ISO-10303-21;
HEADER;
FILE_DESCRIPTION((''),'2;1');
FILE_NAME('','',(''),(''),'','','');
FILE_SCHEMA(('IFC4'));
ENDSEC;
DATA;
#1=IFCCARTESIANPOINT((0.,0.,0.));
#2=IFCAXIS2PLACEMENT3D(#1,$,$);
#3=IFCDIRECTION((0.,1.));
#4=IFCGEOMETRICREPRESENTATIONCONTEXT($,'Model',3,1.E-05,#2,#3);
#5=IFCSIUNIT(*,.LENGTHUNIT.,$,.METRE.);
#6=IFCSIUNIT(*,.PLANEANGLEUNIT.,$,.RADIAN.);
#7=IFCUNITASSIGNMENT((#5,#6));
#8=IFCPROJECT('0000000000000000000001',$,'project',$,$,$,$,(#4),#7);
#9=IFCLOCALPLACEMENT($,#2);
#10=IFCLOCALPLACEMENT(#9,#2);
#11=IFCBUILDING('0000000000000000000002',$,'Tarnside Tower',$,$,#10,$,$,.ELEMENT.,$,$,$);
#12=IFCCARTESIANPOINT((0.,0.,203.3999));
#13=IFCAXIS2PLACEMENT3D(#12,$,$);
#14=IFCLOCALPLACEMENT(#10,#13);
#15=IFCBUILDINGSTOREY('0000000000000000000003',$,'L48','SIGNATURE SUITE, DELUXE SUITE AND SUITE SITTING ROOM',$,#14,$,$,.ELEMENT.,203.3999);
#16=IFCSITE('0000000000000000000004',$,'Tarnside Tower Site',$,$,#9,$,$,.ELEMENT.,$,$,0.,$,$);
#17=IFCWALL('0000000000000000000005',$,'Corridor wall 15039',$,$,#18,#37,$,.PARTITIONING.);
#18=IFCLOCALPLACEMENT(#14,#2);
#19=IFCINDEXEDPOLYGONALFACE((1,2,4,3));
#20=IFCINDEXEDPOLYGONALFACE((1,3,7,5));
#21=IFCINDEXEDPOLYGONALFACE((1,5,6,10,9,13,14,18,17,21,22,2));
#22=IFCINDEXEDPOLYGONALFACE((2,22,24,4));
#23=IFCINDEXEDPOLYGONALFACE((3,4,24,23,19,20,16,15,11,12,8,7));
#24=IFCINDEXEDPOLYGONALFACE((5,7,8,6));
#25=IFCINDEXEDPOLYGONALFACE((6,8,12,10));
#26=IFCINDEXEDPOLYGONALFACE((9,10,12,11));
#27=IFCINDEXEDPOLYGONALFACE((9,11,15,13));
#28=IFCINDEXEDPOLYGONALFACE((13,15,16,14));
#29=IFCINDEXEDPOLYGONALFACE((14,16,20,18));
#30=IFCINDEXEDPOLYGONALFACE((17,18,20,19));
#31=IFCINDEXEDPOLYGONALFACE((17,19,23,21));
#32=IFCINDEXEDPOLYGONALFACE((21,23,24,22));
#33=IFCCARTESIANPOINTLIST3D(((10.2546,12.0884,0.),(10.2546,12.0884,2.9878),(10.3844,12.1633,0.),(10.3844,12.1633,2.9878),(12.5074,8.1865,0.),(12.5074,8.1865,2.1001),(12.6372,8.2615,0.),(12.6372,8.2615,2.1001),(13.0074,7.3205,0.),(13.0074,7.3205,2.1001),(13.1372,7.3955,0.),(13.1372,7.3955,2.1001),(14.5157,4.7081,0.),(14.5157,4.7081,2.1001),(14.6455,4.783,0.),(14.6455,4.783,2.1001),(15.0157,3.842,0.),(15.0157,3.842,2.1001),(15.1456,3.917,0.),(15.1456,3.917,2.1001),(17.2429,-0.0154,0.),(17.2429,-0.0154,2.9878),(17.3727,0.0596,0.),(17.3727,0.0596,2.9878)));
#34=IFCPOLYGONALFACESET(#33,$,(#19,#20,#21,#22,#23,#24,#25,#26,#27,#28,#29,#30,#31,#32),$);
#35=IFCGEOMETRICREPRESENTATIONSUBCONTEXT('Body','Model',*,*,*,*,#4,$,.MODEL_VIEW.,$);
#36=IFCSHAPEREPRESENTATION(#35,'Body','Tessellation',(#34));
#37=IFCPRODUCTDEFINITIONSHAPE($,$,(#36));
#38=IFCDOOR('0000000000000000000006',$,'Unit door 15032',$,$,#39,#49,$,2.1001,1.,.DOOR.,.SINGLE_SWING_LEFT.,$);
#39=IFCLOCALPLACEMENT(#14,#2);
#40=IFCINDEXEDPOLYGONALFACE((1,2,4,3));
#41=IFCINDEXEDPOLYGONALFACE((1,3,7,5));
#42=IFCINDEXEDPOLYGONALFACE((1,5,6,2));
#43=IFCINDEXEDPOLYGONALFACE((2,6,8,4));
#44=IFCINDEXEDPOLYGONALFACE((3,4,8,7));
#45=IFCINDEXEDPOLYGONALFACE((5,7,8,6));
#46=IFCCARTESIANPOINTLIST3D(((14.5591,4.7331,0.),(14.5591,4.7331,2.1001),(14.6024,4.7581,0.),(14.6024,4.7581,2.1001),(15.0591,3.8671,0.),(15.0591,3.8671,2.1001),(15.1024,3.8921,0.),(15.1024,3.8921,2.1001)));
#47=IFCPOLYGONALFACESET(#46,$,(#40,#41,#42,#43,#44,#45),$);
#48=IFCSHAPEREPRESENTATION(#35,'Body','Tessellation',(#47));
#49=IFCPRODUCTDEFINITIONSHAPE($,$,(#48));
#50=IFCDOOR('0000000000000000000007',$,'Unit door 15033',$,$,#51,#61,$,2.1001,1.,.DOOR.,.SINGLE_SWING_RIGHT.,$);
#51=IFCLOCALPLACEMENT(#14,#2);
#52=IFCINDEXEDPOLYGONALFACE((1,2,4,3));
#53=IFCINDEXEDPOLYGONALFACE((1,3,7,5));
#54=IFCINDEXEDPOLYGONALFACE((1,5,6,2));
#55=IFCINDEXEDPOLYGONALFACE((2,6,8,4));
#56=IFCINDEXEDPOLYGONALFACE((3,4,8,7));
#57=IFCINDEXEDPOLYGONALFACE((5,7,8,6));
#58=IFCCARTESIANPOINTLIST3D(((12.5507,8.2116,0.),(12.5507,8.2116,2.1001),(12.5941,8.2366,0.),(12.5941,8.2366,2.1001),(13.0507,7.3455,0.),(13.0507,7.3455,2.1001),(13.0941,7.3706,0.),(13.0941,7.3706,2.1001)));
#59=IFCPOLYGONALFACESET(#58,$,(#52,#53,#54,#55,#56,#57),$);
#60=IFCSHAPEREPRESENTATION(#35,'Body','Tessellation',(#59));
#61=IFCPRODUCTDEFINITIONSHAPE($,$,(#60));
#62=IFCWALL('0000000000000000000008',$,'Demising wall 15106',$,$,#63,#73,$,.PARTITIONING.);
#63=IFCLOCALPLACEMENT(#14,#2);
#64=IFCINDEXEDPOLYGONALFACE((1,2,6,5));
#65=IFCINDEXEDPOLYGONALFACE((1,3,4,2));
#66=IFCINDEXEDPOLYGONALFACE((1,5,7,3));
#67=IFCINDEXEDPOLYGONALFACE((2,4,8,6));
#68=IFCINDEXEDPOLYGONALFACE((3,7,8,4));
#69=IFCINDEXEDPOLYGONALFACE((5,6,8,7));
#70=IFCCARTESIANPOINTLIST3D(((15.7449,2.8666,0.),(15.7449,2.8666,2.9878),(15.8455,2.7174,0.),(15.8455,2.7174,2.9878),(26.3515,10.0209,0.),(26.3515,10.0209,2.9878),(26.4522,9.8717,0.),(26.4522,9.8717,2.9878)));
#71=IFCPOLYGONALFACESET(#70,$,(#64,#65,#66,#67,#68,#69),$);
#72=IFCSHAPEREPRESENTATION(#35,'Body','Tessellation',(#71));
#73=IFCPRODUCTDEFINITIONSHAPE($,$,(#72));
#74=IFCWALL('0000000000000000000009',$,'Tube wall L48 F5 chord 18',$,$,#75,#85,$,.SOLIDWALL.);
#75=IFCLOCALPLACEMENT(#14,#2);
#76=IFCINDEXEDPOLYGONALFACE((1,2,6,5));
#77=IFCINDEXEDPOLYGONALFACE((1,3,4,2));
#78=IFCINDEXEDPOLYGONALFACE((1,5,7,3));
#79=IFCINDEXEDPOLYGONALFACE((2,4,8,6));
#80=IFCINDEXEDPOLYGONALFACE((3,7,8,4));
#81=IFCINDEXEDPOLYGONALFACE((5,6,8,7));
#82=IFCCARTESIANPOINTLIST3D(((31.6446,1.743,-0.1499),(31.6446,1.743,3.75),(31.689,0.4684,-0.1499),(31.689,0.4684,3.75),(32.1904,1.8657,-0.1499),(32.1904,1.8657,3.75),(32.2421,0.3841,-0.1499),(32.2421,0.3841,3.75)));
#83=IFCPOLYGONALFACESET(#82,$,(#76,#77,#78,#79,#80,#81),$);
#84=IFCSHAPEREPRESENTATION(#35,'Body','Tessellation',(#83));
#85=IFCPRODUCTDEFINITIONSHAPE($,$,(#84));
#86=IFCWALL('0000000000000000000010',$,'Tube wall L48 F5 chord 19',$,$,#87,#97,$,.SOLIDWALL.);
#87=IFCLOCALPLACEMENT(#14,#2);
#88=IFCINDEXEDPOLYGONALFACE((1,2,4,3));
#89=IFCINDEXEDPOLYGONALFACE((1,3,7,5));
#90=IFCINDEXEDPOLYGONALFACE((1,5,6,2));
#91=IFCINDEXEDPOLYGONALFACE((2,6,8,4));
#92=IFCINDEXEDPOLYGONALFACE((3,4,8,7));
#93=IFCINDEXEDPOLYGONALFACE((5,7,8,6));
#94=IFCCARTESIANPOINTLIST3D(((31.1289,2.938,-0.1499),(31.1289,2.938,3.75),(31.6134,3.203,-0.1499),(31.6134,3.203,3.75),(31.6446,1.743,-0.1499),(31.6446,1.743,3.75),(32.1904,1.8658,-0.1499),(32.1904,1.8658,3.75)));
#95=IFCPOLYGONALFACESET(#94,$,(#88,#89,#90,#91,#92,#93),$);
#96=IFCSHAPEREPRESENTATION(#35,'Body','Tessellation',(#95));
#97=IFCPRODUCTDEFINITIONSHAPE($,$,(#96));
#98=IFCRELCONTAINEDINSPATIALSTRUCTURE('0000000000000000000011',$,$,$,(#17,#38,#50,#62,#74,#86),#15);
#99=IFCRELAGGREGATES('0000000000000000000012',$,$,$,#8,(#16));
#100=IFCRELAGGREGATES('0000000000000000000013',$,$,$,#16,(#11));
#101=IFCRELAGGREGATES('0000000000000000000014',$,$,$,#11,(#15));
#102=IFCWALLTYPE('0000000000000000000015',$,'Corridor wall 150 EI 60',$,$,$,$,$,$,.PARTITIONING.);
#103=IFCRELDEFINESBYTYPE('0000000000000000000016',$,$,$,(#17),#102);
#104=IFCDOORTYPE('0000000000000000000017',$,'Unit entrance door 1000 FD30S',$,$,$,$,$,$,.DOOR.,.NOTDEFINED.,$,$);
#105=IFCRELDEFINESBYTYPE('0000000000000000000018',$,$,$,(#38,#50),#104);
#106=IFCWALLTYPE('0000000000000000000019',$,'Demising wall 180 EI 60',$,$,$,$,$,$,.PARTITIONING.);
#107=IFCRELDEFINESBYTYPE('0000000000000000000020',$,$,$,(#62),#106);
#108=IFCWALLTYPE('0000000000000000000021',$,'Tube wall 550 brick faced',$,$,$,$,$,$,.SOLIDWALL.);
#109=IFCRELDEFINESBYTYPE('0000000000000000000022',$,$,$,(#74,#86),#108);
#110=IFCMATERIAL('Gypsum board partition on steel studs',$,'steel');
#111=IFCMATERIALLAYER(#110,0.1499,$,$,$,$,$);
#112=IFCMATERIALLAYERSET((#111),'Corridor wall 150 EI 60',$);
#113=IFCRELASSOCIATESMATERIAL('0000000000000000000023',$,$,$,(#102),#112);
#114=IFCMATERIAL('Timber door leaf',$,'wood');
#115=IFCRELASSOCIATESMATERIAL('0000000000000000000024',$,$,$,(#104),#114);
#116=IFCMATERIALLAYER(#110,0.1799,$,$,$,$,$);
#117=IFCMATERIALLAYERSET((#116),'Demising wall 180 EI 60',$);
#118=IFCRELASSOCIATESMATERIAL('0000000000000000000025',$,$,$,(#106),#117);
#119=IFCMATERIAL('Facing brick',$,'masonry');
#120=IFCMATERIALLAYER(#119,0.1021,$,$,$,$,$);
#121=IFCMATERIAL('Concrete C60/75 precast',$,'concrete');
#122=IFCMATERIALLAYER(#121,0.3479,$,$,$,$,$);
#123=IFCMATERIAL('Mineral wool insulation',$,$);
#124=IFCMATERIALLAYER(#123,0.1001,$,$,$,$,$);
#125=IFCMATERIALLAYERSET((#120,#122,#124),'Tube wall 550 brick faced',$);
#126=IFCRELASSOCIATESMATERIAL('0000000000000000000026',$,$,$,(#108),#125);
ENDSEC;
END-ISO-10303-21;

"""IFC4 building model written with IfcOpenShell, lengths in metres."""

from ifc_helpers import new_model, si_unit, direction, frame, frame_2d, origin, place, context, subcontext, project, spatial, polyline, rectangle, outline, extrude, material, layer, layer_set, type_object, element, fill, save


model = new_model("IFC4")

# Units and contexts
model_context = context("Model", 3, precision=1e-05, world=origin(), true_north=direction((0.0, 1.0)))
body_context = subcontext(model_context, "Body", "Model", "MODEL_VIEW")
ifc_project = project(units=[si_unit("LENGTHUNIT", "METRE"), si_unit("PLANEANGLEUNIT", "RADIAN")], contexts=[model_context])

# Site, building, storey
site_placement = place(None, origin())
site = spatial("IfcSite", under=ifc_project, at=site_placement, Name="Tarnside Tower Site", CompositionType="ELEMENT", RefElevation=0.0)
building_placement = place(site_placement, origin())
building = spatial("IfcBuilding", under=site, at=building_placement, Name="Tarnside Tower", CompositionType="ELEMENT")
storey_placement = place(building_placement, frame((0.0, 0.0, 203.3999)))
storey = spatial("IfcBuildingStorey", under=building, at=storey_placement, Name="L48", Description="SIGNATURE SUITE, DELUXE SUITE AND SUITE SITTING ROOM", CompositionType="ELEMENT", Elevation=203.3999)

# Shared definitions
ifc_material_1 = material(Name="Gypsum board partition on steel studs", Category="steel")

# Shared definitions
ifc_material_2 = material(Name="Timber door leaf", Category="wood")

# Wall, openings, doors
ifc_layer_1 = layer(ifc_material_1, 0.1499)
ifc_layer_set_1 = layer_set([ifc_layer_1], Name="Corridor wall 150 EI 60")
wall_type_1 = type_object("IfcWallType", Name="Corridor wall 150 EI 60", PredefinedType="PARTITIONING", material=ifc_layer_set_1)
wall_1_placement = place(storey_placement, frame((17.3079, 0.022, 0.0), z_axis=(0.0, 0.0, 1.0), x_axis=(-0.500009, 0.86602, 0.0)))
wall_1 = element("IfcWall", 1, at=wall_1_placement, inside=storey, type_object=wall_type_1, Name="Corridor wall 15039", PredefinedType="PARTITIONING", context=body_context, shape_type="SweptSolid", body=[
    extrude(rectangle(XDim=13.9763, YDim=0.1499, at=frame_2d((6.9883, 0.0))), origin(), (0.0, 0.0, 1.0), 2.9878),
])
opening_1_placement = place(wall_1_placement, frame((4.4543, 0.0, 0.0)))
opening_1 = element("IfcOpeningElement", 2, at=opening_1_placement, cuts=wall_1, PredefinedType="OPENING", context=body_context, shape_type="SweptSolid", body=[
    extrude(rectangle(XDim=1.0, YDim=2.1001, at=frame_2d((0.5, 1.05))), frame((0.0, 0.085, 0.0), z_axis=(0.0, -1.0, 0.0), x_axis=(1.0, 0.0, 0.0)), (0.0, 0.0, 1.0), 0.1699),
])
opening_2_placement = place(wall_1_placement, frame((8.4709, 0.0, 0.0)))
opening_2 = element("IfcOpeningElement", 3, at=opening_2_placement, cuts=wall_1, PredefinedType="OPENING", context=body_context, shape_type="SweptSolid", body=[
    extrude(rectangle(XDim=1.0, YDim=2.1001, at=frame_2d((0.5, 1.05))), frame((0.0, 0.085, 0.0), z_axis=(0.0, -1.0, 0.0), x_axis=(1.0, 0.0, 0.0)), (0.0, 0.0, 1.0), 0.1699),
])
door_type_1 = type_object("IfcDoorType", Name="Unit entrance door 1000 FD30S", OperationType="NOTDEFINED", PredefinedType="DOOR", material=ifc_material_2)
door_1_placement = place(opening_1_placement, origin())
door_1 = element("IfcDoor", 4, at=door_1_placement, inside=storey, type_object=door_type_1, Name="Unit door 15032", OperationType="SINGLE_SWING_LEFT", OverallHeight=2.1001, OverallWidth=1.0, PredefinedType="DOOR", context=body_context, shape_type="SweptSolid", body=[
    extrude(rectangle(XDim=1.0, YDim=2.1001, at=frame_2d((0.5, 1.05))), frame((0.0, 0.0249, 0.0), z_axis=(0.0, -1.0, 0.0), x_axis=(1.0, 0.0, 0.0)), (0.0, 0.0, 1.0), 0.05),
])
fill(opening_1, door_1)
door_2_placement = place(opening_2_placement, origin())
door_2 = element("IfcDoor", 5, at=door_2_placement, inside=storey, type_object=door_type_1, Name="Unit door 15033", OperationType="SINGLE_SWING_RIGHT", OverallHeight=2.1001, OverallWidth=1.0, PredefinedType="DOOR", context=body_context, shape_type="SweptSolid", body=[
    extrude(rectangle(XDim=1.0, YDim=2.1001, at=frame_2d((0.5, 1.05))), frame((0.0, 0.0249, 0.0), z_axis=(0.0, -1.0, 0.0), x_axis=(1.0, 0.0, 0.0)), (0.0, 0.0, 1.0), 0.05),
])
fill(opening_2, door_2)

# Walls
ifc_layer_2 = layer(ifc_material_1, 0.1799)
ifc_layer_set_2 = layer_set([ifc_layer_2], Name="Demising wall 180 EI 60")
wall_type_2 = type_object("IfcWallType", Name="Demising wall 180 EI 60", PredefinedType="PARTITIONING", material=ifc_layer_set_2)
wall_2_placement = place(storey_placement, frame((26.4019, 9.9463, 0.0), z_axis=(0.0, 0.0, 1.0), x_axis=(-0.829038, -0.559193, 0.0)))
element("IfcWall", 6, at=wall_2_placement, inside=storey, type_object=wall_type_2, Name="Demising wall 15106", PredefinedType="PARTITIONING", context=body_context, shape_type="SweptSolid", body=[
    extrude(rectangle(XDim=12.7939, YDim=0.1799, at=frame_2d((6.397, 0.0))), origin(), (0.0, 0.0, 1.0), 2.9878),
])
ifc_material_3 = material(Name="Facing brick", Category="masonry")
ifc_layer_3 = layer(ifc_material_3, 0.1021)
ifc_material_4 = material(Name="Concrete C60/75 precast", Category="concrete")
ifc_layer_4 = layer(ifc_material_4, 0.3479)
ifc_material_5 = material(Name="Mineral wool insulation")
ifc_layer_5 = layer(ifc_material_5, 0.1001)
ifc_layer_set_3 = layer_set([ifc_layer_3, ifc_layer_4, ifc_layer_5], Name="Tube wall 550 brick faced")
wall_type_3 = type_object("IfcWallType", Name="Tube wall 550 brick faced", PredefinedType="SOLIDWALL", material=ifc_layer_set_3)
wall_3_placement = place(storey_placement, frame((31.9656, 0.4263, -0.1499), z_axis=(0.0, 0.0, 1.0), x_axis=(-0.034877, 0.999392, 0.0)))
element("IfcWall", 7, at=wall_3_placement, inside=storey, type_object=wall_type_3, Name="Tube wall L48 F5 chord 18", PredefinedType="SOLIDWALL", context=body_context, shape_type="SweptSolid", body=[
    extrude(outline(polyline([(-0.0518, -0.2749), (1.4307, -0.2749), (1.3271, 0.2749), (0.0518, 0.2749), (-0.0518, -0.2749)])), origin(), (0.0, 0.0, 1.0), 3.8999),
])
wall_4_placement = place(storey_placement, frame((31.9175, 1.8044, -0.1499), z_axis=(0.0, 0.0, 1.0), x_axis=(-0.396226, 0.918153, 0.0)))
element("IfcWall", 8, at=wall_4_placement, inside=storey, type_object=wall_type_3, Name="Tube wall L48 F5 chord 19", PredefinedType="SOLIDWALL", context=body_context, shape_type="SweptSolid", body=[
    extrude(outline(polyline([(-0.0518, -0.2749), (1.4045, -0.2749), (1.3533, 0.2749), (0.0518, 0.2749), (-0.0518, -0.2749)])), origin(), (0.0, 0.0, 1.0), 3.8999),
])

save(model, "model.ifc")
